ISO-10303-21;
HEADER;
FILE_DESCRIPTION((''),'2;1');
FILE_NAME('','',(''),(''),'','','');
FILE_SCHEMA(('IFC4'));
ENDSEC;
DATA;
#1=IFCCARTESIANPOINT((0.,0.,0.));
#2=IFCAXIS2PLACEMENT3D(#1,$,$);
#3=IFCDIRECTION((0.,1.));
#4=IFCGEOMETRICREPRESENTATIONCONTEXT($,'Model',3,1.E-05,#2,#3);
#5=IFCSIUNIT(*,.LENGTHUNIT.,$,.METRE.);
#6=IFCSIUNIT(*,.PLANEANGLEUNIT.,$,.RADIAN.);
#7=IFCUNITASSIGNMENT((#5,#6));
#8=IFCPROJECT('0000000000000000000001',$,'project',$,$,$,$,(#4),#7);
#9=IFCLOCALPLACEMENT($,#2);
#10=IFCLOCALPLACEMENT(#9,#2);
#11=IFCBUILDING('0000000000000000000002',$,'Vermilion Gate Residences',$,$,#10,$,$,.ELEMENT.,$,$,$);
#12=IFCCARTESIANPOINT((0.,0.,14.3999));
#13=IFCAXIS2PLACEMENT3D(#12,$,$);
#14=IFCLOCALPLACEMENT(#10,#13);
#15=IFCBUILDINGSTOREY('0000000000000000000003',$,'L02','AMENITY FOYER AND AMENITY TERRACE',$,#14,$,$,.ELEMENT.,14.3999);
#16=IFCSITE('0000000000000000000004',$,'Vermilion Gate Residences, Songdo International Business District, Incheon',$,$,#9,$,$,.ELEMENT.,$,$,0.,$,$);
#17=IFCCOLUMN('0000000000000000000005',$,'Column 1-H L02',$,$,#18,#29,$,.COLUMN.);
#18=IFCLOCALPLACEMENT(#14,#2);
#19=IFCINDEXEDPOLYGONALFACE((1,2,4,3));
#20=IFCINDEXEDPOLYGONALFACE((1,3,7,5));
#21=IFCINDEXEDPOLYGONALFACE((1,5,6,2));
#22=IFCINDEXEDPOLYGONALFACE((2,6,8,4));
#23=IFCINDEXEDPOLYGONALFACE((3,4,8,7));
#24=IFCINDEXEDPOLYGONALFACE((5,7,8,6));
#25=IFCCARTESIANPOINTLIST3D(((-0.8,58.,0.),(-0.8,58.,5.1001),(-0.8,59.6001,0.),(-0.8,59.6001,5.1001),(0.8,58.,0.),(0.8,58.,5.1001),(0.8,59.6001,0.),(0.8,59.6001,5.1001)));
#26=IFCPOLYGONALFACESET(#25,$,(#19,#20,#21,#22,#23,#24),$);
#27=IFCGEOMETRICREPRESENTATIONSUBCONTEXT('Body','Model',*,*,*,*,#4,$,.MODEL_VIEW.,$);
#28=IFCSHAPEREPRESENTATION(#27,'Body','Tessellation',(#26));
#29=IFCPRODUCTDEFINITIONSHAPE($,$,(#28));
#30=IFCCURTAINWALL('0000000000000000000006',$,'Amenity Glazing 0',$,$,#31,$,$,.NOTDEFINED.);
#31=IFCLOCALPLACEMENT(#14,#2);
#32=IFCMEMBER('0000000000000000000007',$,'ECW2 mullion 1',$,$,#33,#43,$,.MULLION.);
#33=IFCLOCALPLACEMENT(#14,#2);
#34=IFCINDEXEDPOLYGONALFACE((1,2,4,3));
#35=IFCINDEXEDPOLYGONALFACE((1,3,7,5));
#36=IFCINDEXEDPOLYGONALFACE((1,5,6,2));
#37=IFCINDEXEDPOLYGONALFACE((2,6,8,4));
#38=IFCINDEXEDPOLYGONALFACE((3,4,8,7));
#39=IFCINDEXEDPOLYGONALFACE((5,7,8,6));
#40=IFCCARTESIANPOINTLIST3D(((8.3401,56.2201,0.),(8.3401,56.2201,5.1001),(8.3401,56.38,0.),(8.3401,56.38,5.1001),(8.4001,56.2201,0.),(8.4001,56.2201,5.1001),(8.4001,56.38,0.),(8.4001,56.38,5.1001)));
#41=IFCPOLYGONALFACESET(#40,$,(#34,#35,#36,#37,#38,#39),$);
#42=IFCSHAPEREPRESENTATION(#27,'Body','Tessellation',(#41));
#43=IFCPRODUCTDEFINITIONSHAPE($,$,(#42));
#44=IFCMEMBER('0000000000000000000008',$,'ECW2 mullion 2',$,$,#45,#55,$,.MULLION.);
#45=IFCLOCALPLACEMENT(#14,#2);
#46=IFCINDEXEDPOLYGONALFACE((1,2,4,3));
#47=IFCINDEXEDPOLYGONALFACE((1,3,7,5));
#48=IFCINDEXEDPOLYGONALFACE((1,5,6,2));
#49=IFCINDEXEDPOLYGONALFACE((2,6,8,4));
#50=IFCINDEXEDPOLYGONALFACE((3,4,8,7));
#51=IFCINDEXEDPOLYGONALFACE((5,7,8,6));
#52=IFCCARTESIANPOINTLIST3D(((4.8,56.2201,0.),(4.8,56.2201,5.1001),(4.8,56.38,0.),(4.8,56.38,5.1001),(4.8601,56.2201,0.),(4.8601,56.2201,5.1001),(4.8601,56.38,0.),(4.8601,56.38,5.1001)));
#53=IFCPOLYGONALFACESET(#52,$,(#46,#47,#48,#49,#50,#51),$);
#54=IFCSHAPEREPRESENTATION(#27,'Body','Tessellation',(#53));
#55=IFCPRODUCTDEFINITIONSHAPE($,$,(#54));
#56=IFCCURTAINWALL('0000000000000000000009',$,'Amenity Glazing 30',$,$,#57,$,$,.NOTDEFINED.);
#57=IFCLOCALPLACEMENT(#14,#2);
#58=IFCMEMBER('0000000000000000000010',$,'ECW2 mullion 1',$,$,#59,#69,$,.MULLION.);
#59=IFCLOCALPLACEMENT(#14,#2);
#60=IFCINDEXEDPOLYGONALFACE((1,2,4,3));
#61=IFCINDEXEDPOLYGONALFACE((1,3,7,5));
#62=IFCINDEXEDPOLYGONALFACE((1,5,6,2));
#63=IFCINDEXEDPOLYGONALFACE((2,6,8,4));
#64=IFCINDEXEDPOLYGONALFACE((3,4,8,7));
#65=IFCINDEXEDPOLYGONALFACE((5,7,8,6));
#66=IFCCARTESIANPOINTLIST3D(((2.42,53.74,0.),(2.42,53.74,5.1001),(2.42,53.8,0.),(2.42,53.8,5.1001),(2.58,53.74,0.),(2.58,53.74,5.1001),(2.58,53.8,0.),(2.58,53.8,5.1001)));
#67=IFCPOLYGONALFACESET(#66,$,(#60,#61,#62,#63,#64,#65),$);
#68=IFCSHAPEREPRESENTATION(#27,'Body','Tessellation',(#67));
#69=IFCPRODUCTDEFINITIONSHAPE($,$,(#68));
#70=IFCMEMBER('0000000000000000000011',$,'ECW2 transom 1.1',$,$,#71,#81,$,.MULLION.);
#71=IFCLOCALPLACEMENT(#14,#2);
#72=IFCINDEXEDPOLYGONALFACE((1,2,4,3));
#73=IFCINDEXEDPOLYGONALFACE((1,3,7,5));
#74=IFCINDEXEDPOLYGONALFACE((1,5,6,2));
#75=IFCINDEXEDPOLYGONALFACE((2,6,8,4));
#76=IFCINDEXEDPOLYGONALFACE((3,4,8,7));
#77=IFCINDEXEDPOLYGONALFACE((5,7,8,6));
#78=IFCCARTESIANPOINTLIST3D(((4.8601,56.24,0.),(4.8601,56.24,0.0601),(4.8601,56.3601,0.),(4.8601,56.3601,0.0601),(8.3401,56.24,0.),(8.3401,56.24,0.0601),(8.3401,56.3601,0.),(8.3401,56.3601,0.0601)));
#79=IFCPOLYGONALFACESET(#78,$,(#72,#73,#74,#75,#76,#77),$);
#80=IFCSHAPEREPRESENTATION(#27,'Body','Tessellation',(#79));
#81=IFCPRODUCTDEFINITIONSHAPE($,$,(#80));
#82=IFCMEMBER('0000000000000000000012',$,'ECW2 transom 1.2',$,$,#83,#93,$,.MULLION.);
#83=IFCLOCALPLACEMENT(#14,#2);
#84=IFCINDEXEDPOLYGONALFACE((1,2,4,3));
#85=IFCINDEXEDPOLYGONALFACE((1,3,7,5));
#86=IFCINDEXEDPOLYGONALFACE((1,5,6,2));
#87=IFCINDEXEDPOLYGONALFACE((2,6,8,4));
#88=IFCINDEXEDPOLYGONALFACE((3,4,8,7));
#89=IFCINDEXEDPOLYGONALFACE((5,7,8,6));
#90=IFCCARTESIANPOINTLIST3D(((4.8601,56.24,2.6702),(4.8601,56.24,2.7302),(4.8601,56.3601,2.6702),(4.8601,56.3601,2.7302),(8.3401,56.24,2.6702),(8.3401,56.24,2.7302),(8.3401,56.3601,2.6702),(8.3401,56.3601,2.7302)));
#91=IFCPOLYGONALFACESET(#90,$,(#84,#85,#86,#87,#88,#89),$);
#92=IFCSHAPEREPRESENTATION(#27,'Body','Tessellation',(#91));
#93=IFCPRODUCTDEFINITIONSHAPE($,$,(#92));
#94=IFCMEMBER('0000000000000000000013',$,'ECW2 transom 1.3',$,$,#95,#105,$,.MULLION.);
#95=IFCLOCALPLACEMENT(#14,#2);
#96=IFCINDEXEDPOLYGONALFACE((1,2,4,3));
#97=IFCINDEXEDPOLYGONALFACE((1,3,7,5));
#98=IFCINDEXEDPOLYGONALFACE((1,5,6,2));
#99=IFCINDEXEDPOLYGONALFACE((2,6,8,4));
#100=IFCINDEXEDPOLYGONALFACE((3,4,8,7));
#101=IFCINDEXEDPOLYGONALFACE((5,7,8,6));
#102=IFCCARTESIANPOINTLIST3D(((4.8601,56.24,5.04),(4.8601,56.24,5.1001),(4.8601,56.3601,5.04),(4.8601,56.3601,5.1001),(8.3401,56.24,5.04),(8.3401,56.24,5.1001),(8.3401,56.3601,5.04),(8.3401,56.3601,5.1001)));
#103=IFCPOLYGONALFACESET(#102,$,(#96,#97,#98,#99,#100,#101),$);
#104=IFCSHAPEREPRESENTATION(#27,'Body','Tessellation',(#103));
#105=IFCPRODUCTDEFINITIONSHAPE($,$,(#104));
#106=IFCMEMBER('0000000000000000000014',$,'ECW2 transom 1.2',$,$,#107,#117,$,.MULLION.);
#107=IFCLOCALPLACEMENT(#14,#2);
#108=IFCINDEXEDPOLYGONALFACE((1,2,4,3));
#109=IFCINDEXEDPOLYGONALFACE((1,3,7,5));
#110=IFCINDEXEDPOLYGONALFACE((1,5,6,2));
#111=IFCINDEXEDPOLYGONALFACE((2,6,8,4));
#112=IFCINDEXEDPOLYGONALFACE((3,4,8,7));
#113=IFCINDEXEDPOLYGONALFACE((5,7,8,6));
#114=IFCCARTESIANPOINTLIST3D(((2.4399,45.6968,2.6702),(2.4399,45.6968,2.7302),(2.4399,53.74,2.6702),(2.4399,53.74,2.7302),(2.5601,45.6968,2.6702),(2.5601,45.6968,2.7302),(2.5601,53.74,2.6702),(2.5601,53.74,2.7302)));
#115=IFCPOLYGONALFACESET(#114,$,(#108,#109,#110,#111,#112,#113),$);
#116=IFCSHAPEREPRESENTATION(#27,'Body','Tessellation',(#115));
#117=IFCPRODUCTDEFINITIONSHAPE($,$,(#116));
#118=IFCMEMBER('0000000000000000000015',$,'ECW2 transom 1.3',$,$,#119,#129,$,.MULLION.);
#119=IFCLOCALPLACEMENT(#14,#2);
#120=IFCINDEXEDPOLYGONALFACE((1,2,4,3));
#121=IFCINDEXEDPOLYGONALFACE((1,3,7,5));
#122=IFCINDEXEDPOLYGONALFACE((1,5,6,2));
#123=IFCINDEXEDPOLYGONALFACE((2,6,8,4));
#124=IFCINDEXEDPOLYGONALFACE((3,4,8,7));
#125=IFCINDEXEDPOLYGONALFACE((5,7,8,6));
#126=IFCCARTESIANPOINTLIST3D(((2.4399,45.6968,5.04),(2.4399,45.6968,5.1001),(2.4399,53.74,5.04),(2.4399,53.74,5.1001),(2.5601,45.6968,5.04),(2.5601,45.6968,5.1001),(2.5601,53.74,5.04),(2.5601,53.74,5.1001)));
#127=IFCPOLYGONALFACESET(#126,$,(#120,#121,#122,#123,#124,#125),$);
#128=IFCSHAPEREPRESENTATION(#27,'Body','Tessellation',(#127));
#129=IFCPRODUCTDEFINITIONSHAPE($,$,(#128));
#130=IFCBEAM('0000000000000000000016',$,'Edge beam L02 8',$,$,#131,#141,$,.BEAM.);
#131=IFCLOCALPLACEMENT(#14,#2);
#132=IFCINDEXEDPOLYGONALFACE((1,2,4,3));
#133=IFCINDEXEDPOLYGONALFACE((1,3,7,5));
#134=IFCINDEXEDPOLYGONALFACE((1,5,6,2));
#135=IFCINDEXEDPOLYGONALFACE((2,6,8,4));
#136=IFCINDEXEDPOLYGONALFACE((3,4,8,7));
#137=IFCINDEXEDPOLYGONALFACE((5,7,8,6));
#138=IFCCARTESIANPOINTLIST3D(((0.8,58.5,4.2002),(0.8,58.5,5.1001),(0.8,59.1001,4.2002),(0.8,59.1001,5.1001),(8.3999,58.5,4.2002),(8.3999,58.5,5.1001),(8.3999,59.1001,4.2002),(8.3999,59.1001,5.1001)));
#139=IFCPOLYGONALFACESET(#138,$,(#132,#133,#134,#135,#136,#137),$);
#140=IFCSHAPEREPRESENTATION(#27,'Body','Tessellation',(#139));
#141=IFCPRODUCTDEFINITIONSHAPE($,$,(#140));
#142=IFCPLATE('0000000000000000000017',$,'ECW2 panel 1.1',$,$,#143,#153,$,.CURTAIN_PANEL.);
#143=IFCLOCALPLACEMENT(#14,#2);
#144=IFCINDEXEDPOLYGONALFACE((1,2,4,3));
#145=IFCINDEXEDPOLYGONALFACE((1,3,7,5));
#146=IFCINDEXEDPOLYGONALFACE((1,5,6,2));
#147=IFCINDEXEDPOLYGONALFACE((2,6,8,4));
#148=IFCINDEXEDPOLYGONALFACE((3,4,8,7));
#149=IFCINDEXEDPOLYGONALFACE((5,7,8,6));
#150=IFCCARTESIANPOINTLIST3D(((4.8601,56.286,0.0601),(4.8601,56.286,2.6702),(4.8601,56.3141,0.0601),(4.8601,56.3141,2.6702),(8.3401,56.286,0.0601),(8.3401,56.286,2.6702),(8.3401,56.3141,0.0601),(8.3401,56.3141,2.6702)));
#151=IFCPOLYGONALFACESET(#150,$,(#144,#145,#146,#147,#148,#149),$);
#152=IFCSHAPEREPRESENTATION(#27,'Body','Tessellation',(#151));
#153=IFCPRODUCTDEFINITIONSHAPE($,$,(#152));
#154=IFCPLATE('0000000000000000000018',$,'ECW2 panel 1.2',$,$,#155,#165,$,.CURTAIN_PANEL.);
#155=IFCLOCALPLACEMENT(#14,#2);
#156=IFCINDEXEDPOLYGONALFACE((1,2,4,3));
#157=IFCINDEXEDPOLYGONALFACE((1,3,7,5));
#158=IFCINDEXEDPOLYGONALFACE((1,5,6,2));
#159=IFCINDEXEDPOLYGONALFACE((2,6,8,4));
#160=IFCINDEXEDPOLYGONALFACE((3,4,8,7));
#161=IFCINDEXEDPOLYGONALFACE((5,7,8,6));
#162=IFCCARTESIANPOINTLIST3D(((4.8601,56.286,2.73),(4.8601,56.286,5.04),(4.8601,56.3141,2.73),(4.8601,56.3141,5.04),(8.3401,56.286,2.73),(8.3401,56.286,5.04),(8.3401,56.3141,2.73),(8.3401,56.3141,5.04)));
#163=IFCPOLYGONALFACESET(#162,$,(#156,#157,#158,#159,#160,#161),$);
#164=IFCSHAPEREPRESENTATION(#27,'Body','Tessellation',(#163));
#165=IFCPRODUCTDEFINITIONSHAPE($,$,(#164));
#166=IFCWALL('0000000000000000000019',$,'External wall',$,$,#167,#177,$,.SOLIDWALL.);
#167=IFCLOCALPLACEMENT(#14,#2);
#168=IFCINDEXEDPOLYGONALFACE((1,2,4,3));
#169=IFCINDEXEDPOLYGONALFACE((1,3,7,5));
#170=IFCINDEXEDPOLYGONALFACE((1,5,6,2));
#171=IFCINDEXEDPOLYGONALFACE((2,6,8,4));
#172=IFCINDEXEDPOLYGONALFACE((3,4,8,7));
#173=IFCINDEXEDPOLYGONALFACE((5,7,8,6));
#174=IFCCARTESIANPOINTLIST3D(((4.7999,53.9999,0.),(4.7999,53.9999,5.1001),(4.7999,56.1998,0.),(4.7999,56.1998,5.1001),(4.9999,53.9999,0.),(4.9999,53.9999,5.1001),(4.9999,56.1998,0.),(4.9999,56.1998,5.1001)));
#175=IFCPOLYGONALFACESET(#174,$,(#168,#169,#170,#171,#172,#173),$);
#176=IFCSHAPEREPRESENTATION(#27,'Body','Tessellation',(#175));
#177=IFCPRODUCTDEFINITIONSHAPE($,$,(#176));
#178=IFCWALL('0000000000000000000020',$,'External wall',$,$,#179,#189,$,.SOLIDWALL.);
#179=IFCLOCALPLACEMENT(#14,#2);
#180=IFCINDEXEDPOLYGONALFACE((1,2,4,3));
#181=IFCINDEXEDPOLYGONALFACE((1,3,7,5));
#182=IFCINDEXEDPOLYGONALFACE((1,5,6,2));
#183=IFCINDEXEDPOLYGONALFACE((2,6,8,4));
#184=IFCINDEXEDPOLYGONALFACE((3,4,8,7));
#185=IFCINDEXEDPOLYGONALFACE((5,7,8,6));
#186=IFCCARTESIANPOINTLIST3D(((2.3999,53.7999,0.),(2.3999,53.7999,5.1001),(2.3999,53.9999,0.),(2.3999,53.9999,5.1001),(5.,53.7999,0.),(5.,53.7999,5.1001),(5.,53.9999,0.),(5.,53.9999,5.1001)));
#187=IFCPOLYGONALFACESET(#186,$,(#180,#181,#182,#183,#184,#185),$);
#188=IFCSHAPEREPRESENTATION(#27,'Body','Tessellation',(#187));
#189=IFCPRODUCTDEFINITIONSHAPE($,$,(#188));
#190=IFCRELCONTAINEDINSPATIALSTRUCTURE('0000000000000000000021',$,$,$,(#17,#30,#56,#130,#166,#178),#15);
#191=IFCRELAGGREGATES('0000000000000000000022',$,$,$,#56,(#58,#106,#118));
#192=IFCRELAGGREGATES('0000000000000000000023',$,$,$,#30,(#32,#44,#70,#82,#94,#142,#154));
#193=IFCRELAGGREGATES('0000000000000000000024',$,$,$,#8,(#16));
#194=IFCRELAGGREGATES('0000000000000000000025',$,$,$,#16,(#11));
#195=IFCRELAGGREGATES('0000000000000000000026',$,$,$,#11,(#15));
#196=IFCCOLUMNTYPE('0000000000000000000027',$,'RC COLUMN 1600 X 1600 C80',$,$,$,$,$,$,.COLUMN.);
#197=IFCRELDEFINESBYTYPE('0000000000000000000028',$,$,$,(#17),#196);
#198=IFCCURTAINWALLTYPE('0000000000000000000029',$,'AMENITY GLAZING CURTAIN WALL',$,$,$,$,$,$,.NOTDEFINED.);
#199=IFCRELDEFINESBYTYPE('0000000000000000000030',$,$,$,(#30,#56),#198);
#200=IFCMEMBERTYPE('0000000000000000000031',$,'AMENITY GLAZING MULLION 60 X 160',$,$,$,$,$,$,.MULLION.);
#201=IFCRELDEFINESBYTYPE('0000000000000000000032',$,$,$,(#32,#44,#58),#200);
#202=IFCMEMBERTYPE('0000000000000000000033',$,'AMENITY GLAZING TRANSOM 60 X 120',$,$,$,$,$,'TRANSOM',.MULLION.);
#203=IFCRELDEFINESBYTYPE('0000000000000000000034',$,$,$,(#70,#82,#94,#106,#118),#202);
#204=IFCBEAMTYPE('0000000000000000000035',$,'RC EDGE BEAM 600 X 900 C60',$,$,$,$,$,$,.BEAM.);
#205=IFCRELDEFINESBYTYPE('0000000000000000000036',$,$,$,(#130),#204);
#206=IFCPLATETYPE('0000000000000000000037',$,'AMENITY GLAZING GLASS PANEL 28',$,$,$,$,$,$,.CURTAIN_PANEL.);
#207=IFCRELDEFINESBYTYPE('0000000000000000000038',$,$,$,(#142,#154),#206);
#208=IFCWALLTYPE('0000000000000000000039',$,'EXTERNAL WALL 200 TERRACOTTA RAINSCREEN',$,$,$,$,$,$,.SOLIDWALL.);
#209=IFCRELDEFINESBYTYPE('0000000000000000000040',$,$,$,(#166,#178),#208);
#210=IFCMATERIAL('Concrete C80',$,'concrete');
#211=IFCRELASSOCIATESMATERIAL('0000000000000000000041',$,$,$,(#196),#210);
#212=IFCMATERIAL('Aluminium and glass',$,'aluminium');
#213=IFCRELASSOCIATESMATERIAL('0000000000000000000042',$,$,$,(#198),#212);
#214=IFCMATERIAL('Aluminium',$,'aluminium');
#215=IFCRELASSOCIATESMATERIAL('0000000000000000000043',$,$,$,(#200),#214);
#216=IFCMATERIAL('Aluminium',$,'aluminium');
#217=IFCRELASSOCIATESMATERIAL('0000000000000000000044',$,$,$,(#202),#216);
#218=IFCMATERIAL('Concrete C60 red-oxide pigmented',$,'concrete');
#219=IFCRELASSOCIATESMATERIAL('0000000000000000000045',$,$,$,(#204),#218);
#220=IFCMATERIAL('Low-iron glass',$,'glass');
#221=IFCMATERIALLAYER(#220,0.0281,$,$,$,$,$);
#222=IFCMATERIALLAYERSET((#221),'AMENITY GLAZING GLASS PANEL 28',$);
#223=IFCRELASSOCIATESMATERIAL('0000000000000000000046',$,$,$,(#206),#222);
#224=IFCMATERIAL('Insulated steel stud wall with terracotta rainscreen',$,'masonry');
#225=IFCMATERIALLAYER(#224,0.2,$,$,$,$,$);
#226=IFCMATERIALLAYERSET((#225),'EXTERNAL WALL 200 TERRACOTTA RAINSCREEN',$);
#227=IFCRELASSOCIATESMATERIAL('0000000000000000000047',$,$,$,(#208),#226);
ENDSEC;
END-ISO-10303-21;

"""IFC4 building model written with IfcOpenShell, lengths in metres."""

from ifc_helpers import new_model, si_unit, direction, frame, frame_2d, origin, origin_2d, place, context, subcontext, project, spatial, rectangle, extrude, material, layer, layer_set, material_profile, profile_set, type_object, element, aggregate, save


model = new_model("IFC4")

# Units and contexts
model_context = context("Model", 3, precision=1e-05, world=origin(), true_north=direction((0.0, 1.0)))
body_context = subcontext(model_context, "Body", "Model", "MODEL_VIEW")
ifc_project = project(units=[si_unit("LENGTHUNIT", "METRE"), si_unit("PLANEANGLEUNIT", "RADIAN")], contexts=[model_context])

# Site, building, storey
site_placement = place(None, origin())
site = spatial("IfcSite", under=ifc_project, at=site_placement, Name="Vermilion Gate Residences, Songdo International Business District, Incheon", CompositionType="ELEMENT", RefElevation=0.0)
building_placement = place(site_placement, origin())
building = spatial("IfcBuilding", under=site, at=building_placement, Name="Vermilion Gate Residences", CompositionType="ELEMENT")
storey_placement = place(building_placement, frame((0.0, 0.0, 14.3999)))
storey = spatial("IfcBuildingStorey", under=building, at=storey_placement, Name="L02", Description="AMENITY FOYER AND AMENITY TERRACE", CompositionType="ELEMENT", Elevation=14.3999)

# Column
ifc_material_1 = material(Name="Concrete C80", Category="concrete")
ifc_material_profile_1 = material_profile(ifc_material_1, rectangle(XDim=1.6001, YDim=1.6001, at=origin_2d()), Name="RC-1600x1600")
ifc_profile_set_1 = profile_set([ifc_material_profile_1], Name="Concrete C80")
column_type = type_object("IfcColumnType", Name="RC COLUMN 1600 X 1600 C80", PredefinedType="COLUMN", material=ifc_profile_set_1)
column_placement = place(storey_placement, frame((0.0, 58.8, 0.0), z_axis=(0.0, 0.0, 1.0), x_axis=(1.0, 0.0, 0.0)))
element("IfcColumn", 1, at=column_placement, inside=storey, type_object=column_type, Name="Column 1-H L02", PredefinedType="COLUMN", context=body_context, shape_type="SweptSolid", body=[
    extrude(rectangle(XDim=1.6001, YDim=1.6001, at=origin_2d()), origin(), (0.0, 0.0, 1.0), 5.1001),
])

# Curtain wall, members
ifc_material_2 = material(Name="Aluminium and glass", Category="aluminium")
curtain_wall_type = type_object("IfcCurtainWallType", Name="AMENITY GLAZING CURTAIN WALL", PredefinedType="NOTDEFINED", material=ifc_material_2)
curtain_wall_1_placement = place(storey_placement, origin())
curtain_wall_1 = element("IfcCurtainWall", 2, at=curtain_wall_1_placement, inside=storey, type_object=curtain_wall_type, Name="Amenity Glazing 0", PredefinedType="NOTDEFINED")
ifc_material_3 = material(Name="Aluminium", Category="aluminium")
ifc_material_profile_2 = material_profile(ifc_material_3, rectangle(XDim=0.1599, YDim=0.0601, at=origin_2d()), Name="MULLION 60 X 160")
ifc_profile_set_2 = profile_set([ifc_material_profile_2], Name="Aluminium")
member_type_1 = type_object("IfcMemberType", Name="AMENITY GLAZING MULLION 60 X 160", PredefinedType="MULLION", material=ifc_profile_set_2)
member_1_placement = place(storey_placement, frame((8.3701, 56.3, 0.0), z_axis=(0.0, 0.0, 1.0), x_axis=(0.0, -1.0, 0.0)))
member_1 = element("IfcMember", 3, at=member_1_placement, type_object=member_type_1, Name="ECW2 mullion 1", PredefinedType="MULLION", context=body_context, shape_type="SweptSolid", body=[
    extrude(rectangle(XDim=0.1599, YDim=0.0601, at=origin_2d()), origin(), (0.0, 0.0, 1.0), 5.1001),
])
member_2_placement = place(storey_placement, frame((4.8301, 56.3, 0.0), z_axis=(0.0, 0.0, 1.0), x_axis=(0.0, -1.0, 0.0)))
member_2 = element("IfcMember", 4, at=member_2_placement, type_object=member_type_1, Name="ECW2 mullion 2", PredefinedType="MULLION", context=body_context, shape_type="SweptSolid", body=[
    extrude(rectangle(XDim=0.1599, YDim=0.0601, at=origin_2d()), origin(), (0.0, 0.0, 1.0), 5.1001),
])

# Curtain wall, member
curtain_wall_2_placement = place(storey_placement, origin())
curtain_wall_2 = element("IfcCurtainWall", 5, at=curtain_wall_2_placement, inside=storey, type_object=curtain_wall_type, Name="Amenity Glazing 30", PredefinedType="NOTDEFINED")
member_3_placement = place(storey_placement, frame((2.5, 53.77, 0.0), z_axis=(0.0, 0.0, 1.0), x_axis=(1.0, 0.0, 0.0)))
member_3 = element("IfcMember", 6, at=member_3_placement, type_object=member_type_1, Name="ECW2 mullion 1", PredefinedType="MULLION", context=body_context, shape_type="SweptSolid", body=[
    extrude(rectangle(XDim=0.1599, YDim=0.0601, at=origin_2d()), origin(), (0.0, 0.0, 1.0), 5.1001),
])

# Members
ifc_material_4 = material(Name="Aluminium", Category="aluminium")
ifc_material_profile_3 = material_profile(ifc_material_4, rectangle(XDim=0.1201, YDim=0.0601, at=origin_2d()), Name="TRANSOM 60 X 120")
ifc_profile_set_3 = profile_set([ifc_material_profile_3], Name="Aluminium")
member_type_2 = type_object("IfcMemberType", Name="AMENITY GLAZING TRANSOM 60 X 120", ElementType="TRANSOM", PredefinedType="MULLION", material=ifc_profile_set_3)
member_4_placement = place(storey_placement, frame((8.3401, 56.3, 0.03), z_axis=(-1.0, 0.0, 0.0), x_axis=(0.0, -1.0, 0.0)))
member_4 = element("IfcMember", 7, at=member_4_placement, type_object=member_type_2, Name="ECW2 transom 1.1", PredefinedType="MULLION", context=body_context, shape_type="SweptSolid", body=[
    extrude(rectangle(XDim=0.1201, YDim=0.0601, at=origin_2d()), origin(), (0.0, 0.0, 1.0), 3.48),
])
member_5_placement = place(storey_placement, frame((8.3401, 56.3, 2.7002), z_axis=(-1.0, 0.0, 0.0), x_axis=(0.0, -1.0, 0.0)))
member_5 = element("IfcMember", 8, at=member_5_placement, type_object=member_type_2, Name="ECW2 transom 1.2", PredefinedType="MULLION", context=body_context, shape_type="SweptSolid", body=[
    extrude(rectangle(XDim=0.1201, YDim=0.0601, at=origin_2d()), origin(), (0.0, 0.0, 1.0), 3.48),
])
member_6_placement = place(storey_placement, frame((8.3401, 56.3, 5.0701), z_axis=(-1.0, 0.0, 0.0), x_axis=(0.0, -1.0, 0.0)))
member_6 = element("IfcMember", 9, at=member_6_placement, type_object=member_type_2, Name="ECW2 transom 1.3", PredefinedType="MULLION", context=body_context, shape_type="SweptSolid", body=[
    extrude(rectangle(XDim=0.1201, YDim=0.0601, at=origin_2d()), origin(), (0.0, 0.0, 1.0), 3.48),
])
member_7_placement = place(storey_placement, frame((2.5, 53.74, 2.7002), z_axis=(0.0, -1.0, 0.0), x_axis=(1.0, 0.0, 0.0)))
member_7 = element("IfcMember", 10, at=member_7_placement, type_object=member_type_2, Name="ECW2 transom 1.2", PredefinedType="MULLION", context=body_context, shape_type="SweptSolid", body=[
    extrude(rectangle(XDim=0.1201, YDim=0.0601, at=origin_2d()), origin(), (0.0, 0.0, 1.0), 8.0432),
])
member_8_placement = place(storey_placement, frame((2.5, 53.74, 5.0701), z_axis=(0.0, -1.0, 0.0), x_axis=(1.0, 0.0, 0.0)))
member_8 = element("IfcMember", 11, at=member_8_placement, type_object=member_type_2, Name="ECW2 transom 1.3", PredefinedType="MULLION", context=body_context, shape_type="SweptSolid", body=[
    extrude(rectangle(XDim=0.1201, YDim=0.0601, at=origin_2d()), origin(), (0.0, 0.0, 1.0), 8.0432),
])
aggregate(curtain_wall_2, [member_3, member_7, member_8])

# Beam
ifc_material_5 = material(Name="Concrete C60 red-oxide pigmented", Category="concrete")
ifc_material_profile_4 = material_profile(ifc_material_5, rectangle(XDim=0.6001, YDim=0.8999, at=origin_2d()), Name="RC-600x900")
ifc_profile_set_4 = profile_set([ifc_material_profile_4], Name="Concrete C60 red-oxide pigmented")
beam_type = type_object("IfcBeamType", Name="RC EDGE BEAM 600 X 900 C60", PredefinedType="BEAM", material=ifc_profile_set_4)
beam_placement = place(storey_placement, frame((0.8, 58.8, 4.6501), z_axis=(1.0, 0.0, 0.0), x_axis=(0.0, 1.0, 0.0)))
element("IfcBeam", 12, at=beam_placement, inside=storey, type_object=beam_type, Name="Edge beam L02 8", PredefinedType="BEAM", context=body_context, shape_type="SweptSolid", body=[
    extrude(rectangle(XDim=0.6001, YDim=0.8999, at=origin_2d()), origin(), (0.0, 0.0, 1.0), 7.5999),
])

# Plates
ifc_material_6 = material(Name="Low-iron glass", Category="glass")
ifc_layer_1 = layer(ifc_material_6, 0.0281)
ifc_layer_set_1 = layer_set([ifc_layer_1], Name="AMENITY GLAZING GLASS PANEL 28")
plate_type = type_object("IfcPlateType", Name="AMENITY GLAZING GLASS PANEL 28", PredefinedType="CURTAIN_PANEL", material=ifc_layer_set_1)
plate_1_placement = place(storey_placement, frame((6.6001, 56.3, 0.0601), z_axis=(0.0, 0.0, 1.0), x_axis=(-1.0, 0.0, 0.0)))
plate_1 = element("IfcPlate", 13, at=plate_1_placement, type_object=plate_type, Name="ECW2 panel 1.1", PredefinedType="CURTAIN_PANEL", context=body_context, shape_type="SweptSolid", body=[
    extrude(rectangle(XDim=3.48, YDim=0.0281, at=origin_2d()), origin(), (0.0, 0.0, 1.0), 2.6101),
])
plate_2_placement = place(storey_placement, frame((6.6001, 56.3, 2.73), z_axis=(0.0, 0.0, 1.0), x_axis=(-1.0, 0.0, 0.0)))
plate_2 = element("IfcPlate", 14, at=plate_2_placement, type_object=plate_type, Name="ECW2 panel 1.2", PredefinedType="CURTAIN_PANEL", context=body_context, shape_type="SweptSolid", body=[
    extrude(rectangle(XDim=3.48, YDim=0.0281, at=origin_2d()), origin(), (0.0, 0.0, 1.0), 2.3101),
])
aggregate(curtain_wall_1, [member_1, member_2, member_4, member_5, member_6, plate_1, plate_2])

# Walls
ifc_material_7 = material(Name="Insulated steel stud wall with terracotta rainscreen", Category="masonry")
ifc_layer_2 = layer(ifc_material_7, 0.2)
ifc_layer_set_2 = layer_set([ifc_layer_2], Name="EXTERNAL WALL 200 TERRACOTTA RAINSCREEN")
wall_type_1 = type_object("IfcWallType", Name="EXTERNAL WALL 200 TERRACOTTA RAINSCREEN", PredefinedType="SOLIDWALL", material=ifc_layer_set_2)
wall_1_placement = place(storey_placement, frame((4.8999, 56.2, 0.0), z_axis=(0.0, 0.0, 1.0), x_axis=(0.0, -1.0, 0.0)))
element("IfcWall", 15, at=wall_1_placement, inside=storey, type_object=wall_type_1, Name="External wall", PredefinedType="SOLIDWALL", context=body_context, shape_type="SweptSolid", body=[
    extrude(rectangle(XDim=2.2, YDim=0.2, at=frame_2d((1.1001, 0.0))), origin(), (0.0, 0.0, 1.0), 5.1001),
])
wall_2_placement = place(storey_placement, frame((5.0, 53.8999, 0.0), z_axis=(0.0, 0.0, 1.0), x_axis=(-1.0, 0.0, 0.0)))
element("IfcWall", 16, at=wall_2_placement, inside=storey, type_object=wall_type_1, Name="External wall", PredefinedType="SOLIDWALL", context=body_context, shape_type="SweptSolid", body=[
    extrude(rectangle(XDim=2.6001, YDim=0.2, at=frame_2d((1.3, 0.0))), origin(), (0.0, 0.0, 1.0), 5.1001),
])

save(model, "model.ifc")
